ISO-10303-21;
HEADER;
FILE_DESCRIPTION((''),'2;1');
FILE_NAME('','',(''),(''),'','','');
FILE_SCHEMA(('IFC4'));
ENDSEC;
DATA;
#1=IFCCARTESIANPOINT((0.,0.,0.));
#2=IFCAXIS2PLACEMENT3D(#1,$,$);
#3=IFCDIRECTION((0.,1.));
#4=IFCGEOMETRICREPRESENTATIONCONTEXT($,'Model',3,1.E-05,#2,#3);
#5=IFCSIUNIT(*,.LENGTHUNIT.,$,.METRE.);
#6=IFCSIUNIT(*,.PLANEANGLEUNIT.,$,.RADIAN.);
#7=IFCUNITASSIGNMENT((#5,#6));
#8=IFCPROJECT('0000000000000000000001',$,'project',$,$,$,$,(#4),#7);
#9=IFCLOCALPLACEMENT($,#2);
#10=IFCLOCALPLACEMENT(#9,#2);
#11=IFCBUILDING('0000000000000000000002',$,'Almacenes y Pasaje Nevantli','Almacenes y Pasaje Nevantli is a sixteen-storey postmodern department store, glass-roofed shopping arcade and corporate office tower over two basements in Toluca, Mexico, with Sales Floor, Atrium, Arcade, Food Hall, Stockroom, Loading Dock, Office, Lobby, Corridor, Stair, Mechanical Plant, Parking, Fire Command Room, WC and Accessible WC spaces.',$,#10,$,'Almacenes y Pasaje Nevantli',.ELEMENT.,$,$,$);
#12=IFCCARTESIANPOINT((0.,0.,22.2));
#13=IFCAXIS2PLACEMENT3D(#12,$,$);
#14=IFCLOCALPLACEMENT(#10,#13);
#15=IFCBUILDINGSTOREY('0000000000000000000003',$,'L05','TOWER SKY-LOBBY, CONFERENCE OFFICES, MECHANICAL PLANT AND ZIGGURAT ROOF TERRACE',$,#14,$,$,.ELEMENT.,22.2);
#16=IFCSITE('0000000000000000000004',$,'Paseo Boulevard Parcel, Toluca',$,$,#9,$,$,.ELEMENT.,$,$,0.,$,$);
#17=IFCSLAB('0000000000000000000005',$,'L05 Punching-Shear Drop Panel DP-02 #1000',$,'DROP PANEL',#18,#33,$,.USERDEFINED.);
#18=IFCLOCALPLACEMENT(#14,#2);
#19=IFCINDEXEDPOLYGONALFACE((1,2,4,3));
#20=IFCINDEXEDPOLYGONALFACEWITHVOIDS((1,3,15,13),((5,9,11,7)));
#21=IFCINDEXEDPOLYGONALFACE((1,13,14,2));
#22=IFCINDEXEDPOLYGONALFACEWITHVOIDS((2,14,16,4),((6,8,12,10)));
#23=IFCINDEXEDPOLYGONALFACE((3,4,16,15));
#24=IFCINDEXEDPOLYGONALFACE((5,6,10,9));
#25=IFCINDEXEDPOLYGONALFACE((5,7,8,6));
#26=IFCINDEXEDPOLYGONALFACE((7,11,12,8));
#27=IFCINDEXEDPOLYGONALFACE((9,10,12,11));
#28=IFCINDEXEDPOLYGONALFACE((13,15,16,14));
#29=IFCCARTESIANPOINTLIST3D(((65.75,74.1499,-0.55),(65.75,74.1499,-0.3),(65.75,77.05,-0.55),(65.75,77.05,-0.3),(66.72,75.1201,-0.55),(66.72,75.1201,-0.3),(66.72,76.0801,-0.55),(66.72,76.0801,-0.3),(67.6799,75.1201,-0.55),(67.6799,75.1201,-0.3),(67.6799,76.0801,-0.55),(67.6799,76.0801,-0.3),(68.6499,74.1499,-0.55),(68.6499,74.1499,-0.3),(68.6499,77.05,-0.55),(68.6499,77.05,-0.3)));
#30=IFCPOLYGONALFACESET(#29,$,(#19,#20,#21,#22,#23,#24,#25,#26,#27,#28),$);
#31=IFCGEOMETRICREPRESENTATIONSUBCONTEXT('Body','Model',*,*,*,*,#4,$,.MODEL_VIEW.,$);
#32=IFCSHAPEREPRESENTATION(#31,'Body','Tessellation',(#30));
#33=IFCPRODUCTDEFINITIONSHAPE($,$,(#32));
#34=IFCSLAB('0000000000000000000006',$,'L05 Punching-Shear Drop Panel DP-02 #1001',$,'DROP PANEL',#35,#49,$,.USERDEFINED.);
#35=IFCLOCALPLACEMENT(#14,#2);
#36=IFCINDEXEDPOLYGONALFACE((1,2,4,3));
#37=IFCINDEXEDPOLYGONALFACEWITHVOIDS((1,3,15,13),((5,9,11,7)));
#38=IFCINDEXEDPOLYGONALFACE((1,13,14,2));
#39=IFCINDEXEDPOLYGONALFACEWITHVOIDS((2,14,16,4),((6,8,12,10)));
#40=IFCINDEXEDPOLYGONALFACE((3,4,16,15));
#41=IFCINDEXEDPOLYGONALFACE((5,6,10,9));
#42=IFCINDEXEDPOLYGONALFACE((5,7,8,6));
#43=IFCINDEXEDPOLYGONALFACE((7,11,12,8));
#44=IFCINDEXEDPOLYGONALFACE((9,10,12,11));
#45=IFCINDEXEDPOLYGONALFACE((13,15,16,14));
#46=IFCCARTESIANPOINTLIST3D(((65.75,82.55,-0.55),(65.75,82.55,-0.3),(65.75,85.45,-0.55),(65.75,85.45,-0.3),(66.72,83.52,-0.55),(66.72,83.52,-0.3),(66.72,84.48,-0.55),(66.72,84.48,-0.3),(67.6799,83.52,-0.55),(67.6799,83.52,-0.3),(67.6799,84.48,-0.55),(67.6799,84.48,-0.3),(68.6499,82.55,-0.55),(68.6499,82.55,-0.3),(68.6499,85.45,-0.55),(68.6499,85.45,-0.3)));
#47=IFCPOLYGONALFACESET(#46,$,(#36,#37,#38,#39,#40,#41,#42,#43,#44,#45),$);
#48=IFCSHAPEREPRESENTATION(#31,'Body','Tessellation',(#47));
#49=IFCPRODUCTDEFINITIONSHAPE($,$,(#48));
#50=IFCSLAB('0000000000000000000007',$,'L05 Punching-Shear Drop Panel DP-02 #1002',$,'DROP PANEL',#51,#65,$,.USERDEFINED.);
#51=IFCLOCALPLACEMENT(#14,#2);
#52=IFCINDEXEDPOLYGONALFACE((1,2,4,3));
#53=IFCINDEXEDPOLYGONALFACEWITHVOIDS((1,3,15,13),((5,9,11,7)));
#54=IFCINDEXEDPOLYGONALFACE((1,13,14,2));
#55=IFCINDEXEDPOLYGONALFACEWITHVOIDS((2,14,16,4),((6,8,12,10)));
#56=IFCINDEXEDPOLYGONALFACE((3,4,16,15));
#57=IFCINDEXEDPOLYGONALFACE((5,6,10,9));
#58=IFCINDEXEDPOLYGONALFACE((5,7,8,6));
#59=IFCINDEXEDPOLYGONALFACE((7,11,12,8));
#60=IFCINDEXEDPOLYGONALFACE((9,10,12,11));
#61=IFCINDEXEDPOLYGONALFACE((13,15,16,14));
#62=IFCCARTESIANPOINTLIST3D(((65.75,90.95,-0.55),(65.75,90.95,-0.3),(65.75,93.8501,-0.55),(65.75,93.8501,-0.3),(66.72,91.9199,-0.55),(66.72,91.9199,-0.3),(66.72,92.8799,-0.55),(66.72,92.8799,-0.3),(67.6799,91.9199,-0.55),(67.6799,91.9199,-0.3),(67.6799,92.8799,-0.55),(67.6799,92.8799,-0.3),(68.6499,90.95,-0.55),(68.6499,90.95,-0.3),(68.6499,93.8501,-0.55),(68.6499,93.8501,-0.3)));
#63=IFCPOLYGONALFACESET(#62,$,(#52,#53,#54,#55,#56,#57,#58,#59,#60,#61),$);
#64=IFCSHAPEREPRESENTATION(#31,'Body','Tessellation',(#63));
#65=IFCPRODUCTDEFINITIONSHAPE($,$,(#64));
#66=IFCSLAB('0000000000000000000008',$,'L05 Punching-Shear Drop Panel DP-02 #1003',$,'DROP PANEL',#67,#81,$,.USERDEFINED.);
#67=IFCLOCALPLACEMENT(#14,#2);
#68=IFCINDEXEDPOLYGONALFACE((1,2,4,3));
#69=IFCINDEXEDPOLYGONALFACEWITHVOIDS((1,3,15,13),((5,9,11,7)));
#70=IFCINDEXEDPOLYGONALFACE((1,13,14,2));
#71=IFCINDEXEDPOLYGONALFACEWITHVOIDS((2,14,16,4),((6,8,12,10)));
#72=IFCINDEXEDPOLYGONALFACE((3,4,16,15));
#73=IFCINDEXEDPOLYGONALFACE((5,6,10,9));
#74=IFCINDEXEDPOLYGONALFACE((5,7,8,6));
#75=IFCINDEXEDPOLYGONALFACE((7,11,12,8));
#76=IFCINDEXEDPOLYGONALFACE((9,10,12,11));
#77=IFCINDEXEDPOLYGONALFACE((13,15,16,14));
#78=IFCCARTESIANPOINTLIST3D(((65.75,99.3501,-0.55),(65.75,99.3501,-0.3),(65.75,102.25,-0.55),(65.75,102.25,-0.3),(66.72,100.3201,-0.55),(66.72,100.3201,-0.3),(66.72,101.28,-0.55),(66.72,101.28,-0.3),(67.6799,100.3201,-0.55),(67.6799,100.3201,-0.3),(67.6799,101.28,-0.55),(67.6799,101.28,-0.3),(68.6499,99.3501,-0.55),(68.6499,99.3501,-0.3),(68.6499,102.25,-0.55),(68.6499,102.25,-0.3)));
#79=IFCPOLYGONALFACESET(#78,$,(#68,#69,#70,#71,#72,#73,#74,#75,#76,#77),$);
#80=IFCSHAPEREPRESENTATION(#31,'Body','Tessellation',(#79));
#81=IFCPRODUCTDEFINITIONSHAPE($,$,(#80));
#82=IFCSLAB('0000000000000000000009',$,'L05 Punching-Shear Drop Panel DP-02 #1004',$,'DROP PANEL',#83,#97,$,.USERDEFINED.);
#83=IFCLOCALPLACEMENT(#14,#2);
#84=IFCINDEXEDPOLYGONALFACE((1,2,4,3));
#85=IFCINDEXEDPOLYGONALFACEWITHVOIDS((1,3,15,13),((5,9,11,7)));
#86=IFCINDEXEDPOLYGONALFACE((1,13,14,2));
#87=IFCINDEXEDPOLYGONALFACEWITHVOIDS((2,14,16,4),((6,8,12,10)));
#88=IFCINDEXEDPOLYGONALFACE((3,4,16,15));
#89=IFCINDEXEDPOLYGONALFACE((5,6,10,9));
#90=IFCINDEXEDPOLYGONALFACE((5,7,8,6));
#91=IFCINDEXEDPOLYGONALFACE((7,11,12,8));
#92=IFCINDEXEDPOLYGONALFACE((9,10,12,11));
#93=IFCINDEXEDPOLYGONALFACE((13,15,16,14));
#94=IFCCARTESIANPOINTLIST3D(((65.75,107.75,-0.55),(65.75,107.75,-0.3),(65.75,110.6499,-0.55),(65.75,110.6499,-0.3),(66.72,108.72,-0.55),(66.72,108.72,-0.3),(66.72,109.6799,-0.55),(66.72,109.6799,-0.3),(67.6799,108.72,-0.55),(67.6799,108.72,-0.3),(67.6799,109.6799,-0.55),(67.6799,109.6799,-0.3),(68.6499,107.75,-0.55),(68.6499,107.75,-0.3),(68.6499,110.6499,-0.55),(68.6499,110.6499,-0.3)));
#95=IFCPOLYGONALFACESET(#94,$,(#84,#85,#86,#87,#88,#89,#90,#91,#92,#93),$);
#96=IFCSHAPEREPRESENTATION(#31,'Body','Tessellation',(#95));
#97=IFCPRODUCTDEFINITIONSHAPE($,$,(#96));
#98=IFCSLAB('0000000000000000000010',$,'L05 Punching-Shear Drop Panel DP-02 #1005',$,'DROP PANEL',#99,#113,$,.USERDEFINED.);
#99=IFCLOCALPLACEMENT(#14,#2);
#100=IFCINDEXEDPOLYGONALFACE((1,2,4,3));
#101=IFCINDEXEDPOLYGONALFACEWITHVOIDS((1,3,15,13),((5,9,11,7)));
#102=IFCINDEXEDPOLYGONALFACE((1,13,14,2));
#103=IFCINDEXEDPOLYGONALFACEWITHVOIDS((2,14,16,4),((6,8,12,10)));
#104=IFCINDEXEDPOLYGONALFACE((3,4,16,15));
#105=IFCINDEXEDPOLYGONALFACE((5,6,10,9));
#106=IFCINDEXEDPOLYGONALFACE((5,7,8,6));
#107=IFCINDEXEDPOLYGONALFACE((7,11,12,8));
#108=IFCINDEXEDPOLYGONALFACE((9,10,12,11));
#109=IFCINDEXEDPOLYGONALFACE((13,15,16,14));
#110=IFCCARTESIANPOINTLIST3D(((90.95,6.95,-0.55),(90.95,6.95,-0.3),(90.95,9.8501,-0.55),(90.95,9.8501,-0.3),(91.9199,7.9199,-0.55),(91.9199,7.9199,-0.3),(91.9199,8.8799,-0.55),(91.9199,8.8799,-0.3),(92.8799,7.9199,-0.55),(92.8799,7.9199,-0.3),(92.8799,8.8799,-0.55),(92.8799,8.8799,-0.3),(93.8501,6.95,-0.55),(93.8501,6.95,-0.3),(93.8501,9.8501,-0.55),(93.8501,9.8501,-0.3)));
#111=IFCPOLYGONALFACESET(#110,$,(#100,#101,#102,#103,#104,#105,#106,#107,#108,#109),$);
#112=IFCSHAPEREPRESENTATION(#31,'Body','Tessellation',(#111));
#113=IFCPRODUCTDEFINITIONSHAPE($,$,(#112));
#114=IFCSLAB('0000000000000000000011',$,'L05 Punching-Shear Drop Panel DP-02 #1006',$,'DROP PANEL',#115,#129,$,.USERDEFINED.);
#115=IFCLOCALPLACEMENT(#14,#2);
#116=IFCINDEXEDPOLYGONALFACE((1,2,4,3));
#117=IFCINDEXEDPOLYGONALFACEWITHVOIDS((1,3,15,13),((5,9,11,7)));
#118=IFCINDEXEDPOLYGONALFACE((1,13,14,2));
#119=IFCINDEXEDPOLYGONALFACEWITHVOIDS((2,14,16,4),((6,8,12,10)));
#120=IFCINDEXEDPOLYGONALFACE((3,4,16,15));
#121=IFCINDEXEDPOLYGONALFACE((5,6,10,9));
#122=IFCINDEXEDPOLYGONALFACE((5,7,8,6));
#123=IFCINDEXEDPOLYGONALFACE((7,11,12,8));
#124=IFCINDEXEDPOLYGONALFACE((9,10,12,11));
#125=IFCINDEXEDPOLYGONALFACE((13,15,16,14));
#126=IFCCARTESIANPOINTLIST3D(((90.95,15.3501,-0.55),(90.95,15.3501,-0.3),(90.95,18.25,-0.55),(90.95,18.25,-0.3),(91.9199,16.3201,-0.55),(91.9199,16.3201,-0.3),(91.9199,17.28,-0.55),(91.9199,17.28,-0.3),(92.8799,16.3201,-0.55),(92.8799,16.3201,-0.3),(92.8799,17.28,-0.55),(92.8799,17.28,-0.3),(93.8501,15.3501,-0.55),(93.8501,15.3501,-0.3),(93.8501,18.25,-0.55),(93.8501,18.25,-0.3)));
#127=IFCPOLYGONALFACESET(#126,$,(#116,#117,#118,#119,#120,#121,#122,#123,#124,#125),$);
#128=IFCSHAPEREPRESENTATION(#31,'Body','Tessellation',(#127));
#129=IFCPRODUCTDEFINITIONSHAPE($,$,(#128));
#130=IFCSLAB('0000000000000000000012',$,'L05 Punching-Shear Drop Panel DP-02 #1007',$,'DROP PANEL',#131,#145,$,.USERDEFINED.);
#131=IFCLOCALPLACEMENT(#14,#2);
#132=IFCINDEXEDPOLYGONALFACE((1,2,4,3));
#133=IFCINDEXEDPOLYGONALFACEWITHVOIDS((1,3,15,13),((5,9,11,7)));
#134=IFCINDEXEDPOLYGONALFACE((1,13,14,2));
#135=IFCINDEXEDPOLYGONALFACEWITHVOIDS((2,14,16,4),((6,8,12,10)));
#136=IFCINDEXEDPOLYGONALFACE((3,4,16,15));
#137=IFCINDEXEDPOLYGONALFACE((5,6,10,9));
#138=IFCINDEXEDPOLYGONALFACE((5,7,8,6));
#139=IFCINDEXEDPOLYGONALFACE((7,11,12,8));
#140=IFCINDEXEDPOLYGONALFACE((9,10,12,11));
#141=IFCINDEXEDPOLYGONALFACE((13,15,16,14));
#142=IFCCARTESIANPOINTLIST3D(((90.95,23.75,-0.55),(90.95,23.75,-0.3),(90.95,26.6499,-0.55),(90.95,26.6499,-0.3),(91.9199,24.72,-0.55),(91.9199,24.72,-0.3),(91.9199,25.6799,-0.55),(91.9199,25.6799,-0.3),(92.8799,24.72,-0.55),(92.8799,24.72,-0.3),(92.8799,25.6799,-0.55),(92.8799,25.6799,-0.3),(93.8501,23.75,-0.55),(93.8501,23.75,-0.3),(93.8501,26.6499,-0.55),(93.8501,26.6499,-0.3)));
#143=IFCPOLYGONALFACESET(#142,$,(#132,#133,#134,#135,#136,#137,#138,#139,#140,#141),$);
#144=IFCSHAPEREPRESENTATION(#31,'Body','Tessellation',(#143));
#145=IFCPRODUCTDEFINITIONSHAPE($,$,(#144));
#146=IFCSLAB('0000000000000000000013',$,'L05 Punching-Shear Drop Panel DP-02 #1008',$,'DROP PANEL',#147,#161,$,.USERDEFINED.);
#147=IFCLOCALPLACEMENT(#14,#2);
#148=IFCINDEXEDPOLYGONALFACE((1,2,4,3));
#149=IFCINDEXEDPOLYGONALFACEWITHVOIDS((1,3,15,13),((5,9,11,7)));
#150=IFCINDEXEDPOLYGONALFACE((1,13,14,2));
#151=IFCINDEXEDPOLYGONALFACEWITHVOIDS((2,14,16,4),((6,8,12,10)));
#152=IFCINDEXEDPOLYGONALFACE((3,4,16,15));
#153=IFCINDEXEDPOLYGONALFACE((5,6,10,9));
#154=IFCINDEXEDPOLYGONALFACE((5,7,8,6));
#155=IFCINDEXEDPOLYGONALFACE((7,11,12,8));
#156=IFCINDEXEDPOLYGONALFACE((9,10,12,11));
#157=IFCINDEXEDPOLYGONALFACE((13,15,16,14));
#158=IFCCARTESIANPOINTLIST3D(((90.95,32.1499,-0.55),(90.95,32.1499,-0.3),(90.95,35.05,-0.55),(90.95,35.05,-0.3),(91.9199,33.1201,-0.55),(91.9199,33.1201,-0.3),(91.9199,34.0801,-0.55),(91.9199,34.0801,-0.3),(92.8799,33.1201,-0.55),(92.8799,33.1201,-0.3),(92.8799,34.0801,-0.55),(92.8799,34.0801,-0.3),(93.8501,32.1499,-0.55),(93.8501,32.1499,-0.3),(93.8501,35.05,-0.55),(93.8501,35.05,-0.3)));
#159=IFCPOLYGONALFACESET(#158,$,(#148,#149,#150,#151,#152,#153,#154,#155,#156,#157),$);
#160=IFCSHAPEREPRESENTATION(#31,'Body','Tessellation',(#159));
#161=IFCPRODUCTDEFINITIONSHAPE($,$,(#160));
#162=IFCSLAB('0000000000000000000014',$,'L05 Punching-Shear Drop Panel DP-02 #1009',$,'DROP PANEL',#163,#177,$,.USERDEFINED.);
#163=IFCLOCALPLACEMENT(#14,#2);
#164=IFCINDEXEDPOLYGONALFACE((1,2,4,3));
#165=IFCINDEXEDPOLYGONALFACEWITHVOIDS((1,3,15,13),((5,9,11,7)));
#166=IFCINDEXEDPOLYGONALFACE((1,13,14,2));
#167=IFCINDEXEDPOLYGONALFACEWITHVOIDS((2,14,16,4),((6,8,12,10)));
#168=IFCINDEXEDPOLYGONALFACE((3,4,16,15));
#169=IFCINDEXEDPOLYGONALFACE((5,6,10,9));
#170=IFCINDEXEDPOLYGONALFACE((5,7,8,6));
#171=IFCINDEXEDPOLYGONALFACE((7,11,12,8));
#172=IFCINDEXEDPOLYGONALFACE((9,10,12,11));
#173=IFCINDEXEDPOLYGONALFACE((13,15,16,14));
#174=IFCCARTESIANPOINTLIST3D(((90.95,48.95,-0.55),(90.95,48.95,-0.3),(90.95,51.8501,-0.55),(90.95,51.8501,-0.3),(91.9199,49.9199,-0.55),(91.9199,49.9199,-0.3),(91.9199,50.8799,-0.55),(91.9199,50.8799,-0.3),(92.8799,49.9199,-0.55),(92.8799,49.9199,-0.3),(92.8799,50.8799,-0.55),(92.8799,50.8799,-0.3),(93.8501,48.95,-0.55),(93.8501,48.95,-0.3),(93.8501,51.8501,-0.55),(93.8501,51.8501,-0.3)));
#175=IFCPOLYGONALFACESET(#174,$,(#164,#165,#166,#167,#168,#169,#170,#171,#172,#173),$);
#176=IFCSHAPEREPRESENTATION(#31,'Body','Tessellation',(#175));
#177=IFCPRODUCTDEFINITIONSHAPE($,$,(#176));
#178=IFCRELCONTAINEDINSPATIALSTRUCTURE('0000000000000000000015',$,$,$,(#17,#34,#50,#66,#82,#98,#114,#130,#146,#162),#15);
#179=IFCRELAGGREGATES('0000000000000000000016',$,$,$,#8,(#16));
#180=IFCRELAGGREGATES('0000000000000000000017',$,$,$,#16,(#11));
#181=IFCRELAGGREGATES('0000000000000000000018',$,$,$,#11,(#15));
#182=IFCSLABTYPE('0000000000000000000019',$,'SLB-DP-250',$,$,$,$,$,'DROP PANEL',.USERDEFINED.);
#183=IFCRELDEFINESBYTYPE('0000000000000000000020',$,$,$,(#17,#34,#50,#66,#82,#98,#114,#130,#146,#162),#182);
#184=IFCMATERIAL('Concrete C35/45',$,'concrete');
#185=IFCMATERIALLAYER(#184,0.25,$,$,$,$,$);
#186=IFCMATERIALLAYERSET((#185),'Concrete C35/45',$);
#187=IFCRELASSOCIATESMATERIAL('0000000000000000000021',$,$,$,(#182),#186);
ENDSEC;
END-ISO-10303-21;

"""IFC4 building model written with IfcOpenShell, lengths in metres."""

from ifc_helpers import new_model, si_unit, direction, frame, origin, place, context, subcontext, project, spatial, polyline, outline, extrude, material, layer, layer_set, type_object, element, save


model = new_model("IFC4")

# Units and contexts
model_context = context("Model", 3, precision=1e-05, world=origin(), true_north=direction((0.0, 1.0)))
body_context = subcontext(model_context, "Body", "Model", "MODEL_VIEW")
ifc_project = project(units=[si_unit("LENGTHUNIT", "METRE"), si_unit("PLANEANGLEUNIT", "RADIAN")], contexts=[model_context])

# Site, building, storey
site_placement = place(None, origin())
site = spatial("IfcSite", under=ifc_project, at=site_placement, Name="Paseo Boulevard Parcel, Toluca", CompositionType="ELEMENT", RefElevation=0.0)
building_placement = place(site_placement, origin())
building = spatial("IfcBuilding", under=site, at=building_placement, Name="Almacenes y Pasaje Nevantli", Description="Almacenes y Pasaje Nevantli is a sixteen-storey postmodern department store, glass-roofed shopping arcade and corporate office tower over two basements in Toluca, Mexico, with Sales Floor, Atrium, Arcade, Food Hall, Stockroom, Loading Dock, Office, Lobby, Corridor, Stair, Mechanical Plant, Parking, Fire Command Room, WC and Accessible WC spaces.", LongName="Almacenes y Pasaje Nevantli", CompositionType="ELEMENT")
storey_placement = place(building_placement, frame((0.0, 0.0, 22.2)))
storey = spatial("IfcBuildingStorey", under=building, at=storey_placement, Name="L05", Description="TOWER SKY-LOBBY, CONFERENCE OFFICES, MECHANICAL PLANT AND ZIGGURAT ROOF TERRACE", CompositionType="ELEMENT", Elevation=22.2)

# Slabs
ifc_material = material(Name="Concrete C35/45", Category="concrete")
ifc_layer = layer(ifc_material, 0.25)
ifc_layer_set = layer_set([ifc_layer], Name="Concrete C35/45")
slab_type = type_object("IfcSlabType", Name="SLB-DP-250", ElementType="DROP PANEL", PredefinedType="USERDEFINED", material=ifc_layer_set)
slab_1_placement = place(storey_placement, frame((0.0, 0.0, -0.55)))
element("IfcSlab", 1, at=slab_1_placement, inside=storey, type_object=slab_type, Name="L05 Punching-Shear Drop Panel DP-02 #1000", ObjectType="DROP PANEL", PredefinedType="USERDEFINED", context=body_context, shape_type="SweptSolid", body=[
    extrude(outline(polyline([(65.75, 74.1499), (68.6499, 74.1499), (68.6499, 77.05), (65.75, 77.05), (65.75, 74.1499)]), holes=[polyline([(66.72, 75.1201), (67.6799, 75.1201), (67.6799, 76.0801), (66.72, 76.0801), (66.72, 75.1201)])]), origin(), (0.0, 0.0, 1.0), 0.25),
])
slab_2_placement = place(storey_placement, frame((0.0, 0.0, -0.55)))
element("IfcSlab", 2, at=slab_2_placement, inside=storey, type_object=slab_type, Name="L05 Punching-Shear Drop Panel DP-02 #1001", ObjectType="DROP PANEL", PredefinedType="USERDEFINED", context=body_context, shape_type="SweptSolid", body=[
    extrude(outline(polyline([(65.75, 82.55), (68.6499, 82.55), (68.6499, 85.45), (65.75, 85.45), (65.75, 82.55)]), holes=[polyline([(66.72, 83.52), (67.6799, 83.52), (67.6799, 84.48), (66.72, 84.48), (66.72, 83.52)])]), origin(), (0.0, 0.0, 1.0), 0.25),
])
slab_3_placement = place(storey_placement, frame((0.0, 0.0, -0.55)))
element("IfcSlab", 3, at=slab_3_placement, inside=storey, type_object=slab_type, Name="L05 Punching-Shear Drop Panel DP-02 #1002", ObjectType="DROP PANEL", PredefinedType="USERDEFINED", context=body_context, shape_type="SweptSolid", body=[
    extrude(outline(polyline([(65.75, 90.95), (68.6499, 90.95), (68.6499, 93.8501), (65.75, 93.8501), (65.75, 90.95)]), holes=[polyline([(66.72, 91.9199), (67.6799, 91.9199), (67.6799, 92.8799), (66.72, 92.8799), (66.72, 91.9199)])]), origin(), (0.0, 0.0, 1.0), 0.25),
])
slab_4_placement = place(storey_placement, frame((0.0, 0.0, -0.55)))
element("IfcSlab", 4, at=slab_4_placement, inside=storey, type_object=slab_type, Name="L05 Punching-Shear Drop Panel DP-02 #1003", ObjectType="DROP PANEL", PredefinedType="USERDEFINED", context=body_context, shape_type="SweptSolid", body=[
    extrude(outline(polyline([(65.75, 99.3501), (68.6499, 99.3501), (68.6499, 102.25), (65.75, 102.25), (65.75, 99.3501)]), holes=[polyline([(66.72, 100.3201), (67.6799, 100.3201), (67.6799, 101.28), (66.72, 101.28), (66.72, 100.3201)])]), origin(), (0.0, 0.0, 1.0), 0.25),
])
slab_5_placement = place(storey_placement, frame((0.0, 0.0, -0.55)))
element("IfcSlab", 5, at=slab_5_placement, inside=storey, type_object=slab_type, Name="L05 Punching-Shear Drop Panel DP-02 #1004", ObjectType="DROP PANEL", PredefinedType="USERDEFINED", context=body_context, shape_type="SweptSolid", body=[
    extrude(outline(polyline([(65.75, 107.75), (68.6499, 107.75), (68.6499, 110.6499), (65.75, 110.6499), (65.75, 107.75)]), holes=[polyline([(66.72, 108.72), (67.6799, 108.72), (67.6799, 109.6799), (66.72, 109.6799), (66.72, 108.72)])]), origin(), (0.0, 0.0, 1.0), 0.25),
])
slab_6_placement = place(storey_placement, frame((0.0, 0.0, -0.55)))
element("IfcSlab", 6, at=slab_6_placement, inside=storey, type_object=slab_type, Name="L05 Punching-Shear Drop Panel DP-02 #1005", ObjectType="DROP PANEL", PredefinedType="USERDEFINED", context=body_context, shape_type="SweptSolid", body=[
    extrude(outline(polyline([(90.95, 6.95), (93.8501, 6.95), (93.8501, 9.8501), (90.95, 9.8501), (90.95, 6.95)]), holes=[polyline([(91.9199, 7.9199), (92.8799, 7.9199), (92.8799, 8.8799), (91.9199, 8.8799), (91.9199, 7.9199)])]), origin(), (0.0, 0.0, 1.0), 0.25),
])
slab_7_placement = place(storey_placement, frame((0.0, 0.0, -0.55)))
element("IfcSlab", 7, at=slab_7_placement, inside=storey, type_object=slab_type, Name="L05 Punching-Shear Drop Panel DP-02 #1006", ObjectType="DROP PANEL", PredefinedType="USERDEFINED", context=body_context, shape_type="SweptSolid", body=[
    extrude(outline(polyline([(90.95, 15.3501), (93.8501, 15.3501), (93.8501, 18.25), (90.95, 18.25), (90.95, 15.3501)]), holes=[polyline([(91.9199, 16.3201), (92.8799, 16.3201), (92.8799, 17.28), (91.9199, 17.28), (91.9199, 16.3201)])]), origin(), (0.0, 0.0, 1.0), 0.25),
])
slab_8_placement = place(storey_placement, frame((0.0, 0.0, -0.55)))
element("IfcSlab", 8, at=slab_8_placement, inside=storey, type_object=slab_type, Name="L05 Punching-Shear Drop Panel DP-02 #1007", ObjectType="DROP PANEL", PredefinedType="USERDEFINED", context=body_context, shape_type="SweptSolid", body=[
    extrude(outline(polyline([(90.95, 23.75), (93.8501, 23.75), (93.8501, 26.6499), (90.95, 26.6499), (90.95, 23.75)]), holes=[polyline([(91.9199, 24.72), (92.8799, 24.72), (92.8799, 25.6799), (91.9199, 25.6799), (91.9199, 24.72)])]), origin(), (0.0, 0.0, 1.0), 0.25),
])
slab_9_placement = place(storey_placement, frame((0.0, 0.0, -0.55)))
element("IfcSlab", 9, at=slab_9_placement, inside=storey, type_object=slab_type, Name="L05 Punching-Shear Drop Panel DP-02 #1008", ObjectType="DROP PANEL", PredefinedType="USERDEFINED", context=body_context, shape_type="SweptSolid", body=[
    extrude(outline(polyline([(90.95, 32.1499), (93.8501, 32.1499), (93.8501, 35.05), (90.95, 35.05), (90.95, 32.1499)]), holes=[polyline([(91.9199, 33.1201), (92.8799, 33.1201), (92.8799, 34.0801), (91.9199, 34.0801), (91.9199, 33.1201)])]), origin(), (0.0, 0.0, 1.0), 0.25),
])
slab_10_placement = place(storey_placement, frame((0.0, 0.0, -0.55)))
element("IfcSlab", 10, at=slab_10_placement, inside=storey, type_object=slab_type, Name="L05 Punching-Shear Drop Panel DP-02 #1009", ObjectType="DROP PANEL", PredefinedType="USERDEFINED", context=body_context, shape_type="SweptSolid", body=[
    extrude(outline(polyline([(90.95, 48.95), (93.8501, 48.95), (93.8501, 51.8501), (90.95, 51.8501), (90.95, 48.95)]), holes=[polyline([(91.9199, 49.9199), (92.8799, 49.9199), (92.8799, 50.8799), (91.9199, 50.8799), (91.9199, 49.9199)])]), origin(), (0.0, 0.0, 1.0), 0.25),
])

save(model, "model.ifc")
